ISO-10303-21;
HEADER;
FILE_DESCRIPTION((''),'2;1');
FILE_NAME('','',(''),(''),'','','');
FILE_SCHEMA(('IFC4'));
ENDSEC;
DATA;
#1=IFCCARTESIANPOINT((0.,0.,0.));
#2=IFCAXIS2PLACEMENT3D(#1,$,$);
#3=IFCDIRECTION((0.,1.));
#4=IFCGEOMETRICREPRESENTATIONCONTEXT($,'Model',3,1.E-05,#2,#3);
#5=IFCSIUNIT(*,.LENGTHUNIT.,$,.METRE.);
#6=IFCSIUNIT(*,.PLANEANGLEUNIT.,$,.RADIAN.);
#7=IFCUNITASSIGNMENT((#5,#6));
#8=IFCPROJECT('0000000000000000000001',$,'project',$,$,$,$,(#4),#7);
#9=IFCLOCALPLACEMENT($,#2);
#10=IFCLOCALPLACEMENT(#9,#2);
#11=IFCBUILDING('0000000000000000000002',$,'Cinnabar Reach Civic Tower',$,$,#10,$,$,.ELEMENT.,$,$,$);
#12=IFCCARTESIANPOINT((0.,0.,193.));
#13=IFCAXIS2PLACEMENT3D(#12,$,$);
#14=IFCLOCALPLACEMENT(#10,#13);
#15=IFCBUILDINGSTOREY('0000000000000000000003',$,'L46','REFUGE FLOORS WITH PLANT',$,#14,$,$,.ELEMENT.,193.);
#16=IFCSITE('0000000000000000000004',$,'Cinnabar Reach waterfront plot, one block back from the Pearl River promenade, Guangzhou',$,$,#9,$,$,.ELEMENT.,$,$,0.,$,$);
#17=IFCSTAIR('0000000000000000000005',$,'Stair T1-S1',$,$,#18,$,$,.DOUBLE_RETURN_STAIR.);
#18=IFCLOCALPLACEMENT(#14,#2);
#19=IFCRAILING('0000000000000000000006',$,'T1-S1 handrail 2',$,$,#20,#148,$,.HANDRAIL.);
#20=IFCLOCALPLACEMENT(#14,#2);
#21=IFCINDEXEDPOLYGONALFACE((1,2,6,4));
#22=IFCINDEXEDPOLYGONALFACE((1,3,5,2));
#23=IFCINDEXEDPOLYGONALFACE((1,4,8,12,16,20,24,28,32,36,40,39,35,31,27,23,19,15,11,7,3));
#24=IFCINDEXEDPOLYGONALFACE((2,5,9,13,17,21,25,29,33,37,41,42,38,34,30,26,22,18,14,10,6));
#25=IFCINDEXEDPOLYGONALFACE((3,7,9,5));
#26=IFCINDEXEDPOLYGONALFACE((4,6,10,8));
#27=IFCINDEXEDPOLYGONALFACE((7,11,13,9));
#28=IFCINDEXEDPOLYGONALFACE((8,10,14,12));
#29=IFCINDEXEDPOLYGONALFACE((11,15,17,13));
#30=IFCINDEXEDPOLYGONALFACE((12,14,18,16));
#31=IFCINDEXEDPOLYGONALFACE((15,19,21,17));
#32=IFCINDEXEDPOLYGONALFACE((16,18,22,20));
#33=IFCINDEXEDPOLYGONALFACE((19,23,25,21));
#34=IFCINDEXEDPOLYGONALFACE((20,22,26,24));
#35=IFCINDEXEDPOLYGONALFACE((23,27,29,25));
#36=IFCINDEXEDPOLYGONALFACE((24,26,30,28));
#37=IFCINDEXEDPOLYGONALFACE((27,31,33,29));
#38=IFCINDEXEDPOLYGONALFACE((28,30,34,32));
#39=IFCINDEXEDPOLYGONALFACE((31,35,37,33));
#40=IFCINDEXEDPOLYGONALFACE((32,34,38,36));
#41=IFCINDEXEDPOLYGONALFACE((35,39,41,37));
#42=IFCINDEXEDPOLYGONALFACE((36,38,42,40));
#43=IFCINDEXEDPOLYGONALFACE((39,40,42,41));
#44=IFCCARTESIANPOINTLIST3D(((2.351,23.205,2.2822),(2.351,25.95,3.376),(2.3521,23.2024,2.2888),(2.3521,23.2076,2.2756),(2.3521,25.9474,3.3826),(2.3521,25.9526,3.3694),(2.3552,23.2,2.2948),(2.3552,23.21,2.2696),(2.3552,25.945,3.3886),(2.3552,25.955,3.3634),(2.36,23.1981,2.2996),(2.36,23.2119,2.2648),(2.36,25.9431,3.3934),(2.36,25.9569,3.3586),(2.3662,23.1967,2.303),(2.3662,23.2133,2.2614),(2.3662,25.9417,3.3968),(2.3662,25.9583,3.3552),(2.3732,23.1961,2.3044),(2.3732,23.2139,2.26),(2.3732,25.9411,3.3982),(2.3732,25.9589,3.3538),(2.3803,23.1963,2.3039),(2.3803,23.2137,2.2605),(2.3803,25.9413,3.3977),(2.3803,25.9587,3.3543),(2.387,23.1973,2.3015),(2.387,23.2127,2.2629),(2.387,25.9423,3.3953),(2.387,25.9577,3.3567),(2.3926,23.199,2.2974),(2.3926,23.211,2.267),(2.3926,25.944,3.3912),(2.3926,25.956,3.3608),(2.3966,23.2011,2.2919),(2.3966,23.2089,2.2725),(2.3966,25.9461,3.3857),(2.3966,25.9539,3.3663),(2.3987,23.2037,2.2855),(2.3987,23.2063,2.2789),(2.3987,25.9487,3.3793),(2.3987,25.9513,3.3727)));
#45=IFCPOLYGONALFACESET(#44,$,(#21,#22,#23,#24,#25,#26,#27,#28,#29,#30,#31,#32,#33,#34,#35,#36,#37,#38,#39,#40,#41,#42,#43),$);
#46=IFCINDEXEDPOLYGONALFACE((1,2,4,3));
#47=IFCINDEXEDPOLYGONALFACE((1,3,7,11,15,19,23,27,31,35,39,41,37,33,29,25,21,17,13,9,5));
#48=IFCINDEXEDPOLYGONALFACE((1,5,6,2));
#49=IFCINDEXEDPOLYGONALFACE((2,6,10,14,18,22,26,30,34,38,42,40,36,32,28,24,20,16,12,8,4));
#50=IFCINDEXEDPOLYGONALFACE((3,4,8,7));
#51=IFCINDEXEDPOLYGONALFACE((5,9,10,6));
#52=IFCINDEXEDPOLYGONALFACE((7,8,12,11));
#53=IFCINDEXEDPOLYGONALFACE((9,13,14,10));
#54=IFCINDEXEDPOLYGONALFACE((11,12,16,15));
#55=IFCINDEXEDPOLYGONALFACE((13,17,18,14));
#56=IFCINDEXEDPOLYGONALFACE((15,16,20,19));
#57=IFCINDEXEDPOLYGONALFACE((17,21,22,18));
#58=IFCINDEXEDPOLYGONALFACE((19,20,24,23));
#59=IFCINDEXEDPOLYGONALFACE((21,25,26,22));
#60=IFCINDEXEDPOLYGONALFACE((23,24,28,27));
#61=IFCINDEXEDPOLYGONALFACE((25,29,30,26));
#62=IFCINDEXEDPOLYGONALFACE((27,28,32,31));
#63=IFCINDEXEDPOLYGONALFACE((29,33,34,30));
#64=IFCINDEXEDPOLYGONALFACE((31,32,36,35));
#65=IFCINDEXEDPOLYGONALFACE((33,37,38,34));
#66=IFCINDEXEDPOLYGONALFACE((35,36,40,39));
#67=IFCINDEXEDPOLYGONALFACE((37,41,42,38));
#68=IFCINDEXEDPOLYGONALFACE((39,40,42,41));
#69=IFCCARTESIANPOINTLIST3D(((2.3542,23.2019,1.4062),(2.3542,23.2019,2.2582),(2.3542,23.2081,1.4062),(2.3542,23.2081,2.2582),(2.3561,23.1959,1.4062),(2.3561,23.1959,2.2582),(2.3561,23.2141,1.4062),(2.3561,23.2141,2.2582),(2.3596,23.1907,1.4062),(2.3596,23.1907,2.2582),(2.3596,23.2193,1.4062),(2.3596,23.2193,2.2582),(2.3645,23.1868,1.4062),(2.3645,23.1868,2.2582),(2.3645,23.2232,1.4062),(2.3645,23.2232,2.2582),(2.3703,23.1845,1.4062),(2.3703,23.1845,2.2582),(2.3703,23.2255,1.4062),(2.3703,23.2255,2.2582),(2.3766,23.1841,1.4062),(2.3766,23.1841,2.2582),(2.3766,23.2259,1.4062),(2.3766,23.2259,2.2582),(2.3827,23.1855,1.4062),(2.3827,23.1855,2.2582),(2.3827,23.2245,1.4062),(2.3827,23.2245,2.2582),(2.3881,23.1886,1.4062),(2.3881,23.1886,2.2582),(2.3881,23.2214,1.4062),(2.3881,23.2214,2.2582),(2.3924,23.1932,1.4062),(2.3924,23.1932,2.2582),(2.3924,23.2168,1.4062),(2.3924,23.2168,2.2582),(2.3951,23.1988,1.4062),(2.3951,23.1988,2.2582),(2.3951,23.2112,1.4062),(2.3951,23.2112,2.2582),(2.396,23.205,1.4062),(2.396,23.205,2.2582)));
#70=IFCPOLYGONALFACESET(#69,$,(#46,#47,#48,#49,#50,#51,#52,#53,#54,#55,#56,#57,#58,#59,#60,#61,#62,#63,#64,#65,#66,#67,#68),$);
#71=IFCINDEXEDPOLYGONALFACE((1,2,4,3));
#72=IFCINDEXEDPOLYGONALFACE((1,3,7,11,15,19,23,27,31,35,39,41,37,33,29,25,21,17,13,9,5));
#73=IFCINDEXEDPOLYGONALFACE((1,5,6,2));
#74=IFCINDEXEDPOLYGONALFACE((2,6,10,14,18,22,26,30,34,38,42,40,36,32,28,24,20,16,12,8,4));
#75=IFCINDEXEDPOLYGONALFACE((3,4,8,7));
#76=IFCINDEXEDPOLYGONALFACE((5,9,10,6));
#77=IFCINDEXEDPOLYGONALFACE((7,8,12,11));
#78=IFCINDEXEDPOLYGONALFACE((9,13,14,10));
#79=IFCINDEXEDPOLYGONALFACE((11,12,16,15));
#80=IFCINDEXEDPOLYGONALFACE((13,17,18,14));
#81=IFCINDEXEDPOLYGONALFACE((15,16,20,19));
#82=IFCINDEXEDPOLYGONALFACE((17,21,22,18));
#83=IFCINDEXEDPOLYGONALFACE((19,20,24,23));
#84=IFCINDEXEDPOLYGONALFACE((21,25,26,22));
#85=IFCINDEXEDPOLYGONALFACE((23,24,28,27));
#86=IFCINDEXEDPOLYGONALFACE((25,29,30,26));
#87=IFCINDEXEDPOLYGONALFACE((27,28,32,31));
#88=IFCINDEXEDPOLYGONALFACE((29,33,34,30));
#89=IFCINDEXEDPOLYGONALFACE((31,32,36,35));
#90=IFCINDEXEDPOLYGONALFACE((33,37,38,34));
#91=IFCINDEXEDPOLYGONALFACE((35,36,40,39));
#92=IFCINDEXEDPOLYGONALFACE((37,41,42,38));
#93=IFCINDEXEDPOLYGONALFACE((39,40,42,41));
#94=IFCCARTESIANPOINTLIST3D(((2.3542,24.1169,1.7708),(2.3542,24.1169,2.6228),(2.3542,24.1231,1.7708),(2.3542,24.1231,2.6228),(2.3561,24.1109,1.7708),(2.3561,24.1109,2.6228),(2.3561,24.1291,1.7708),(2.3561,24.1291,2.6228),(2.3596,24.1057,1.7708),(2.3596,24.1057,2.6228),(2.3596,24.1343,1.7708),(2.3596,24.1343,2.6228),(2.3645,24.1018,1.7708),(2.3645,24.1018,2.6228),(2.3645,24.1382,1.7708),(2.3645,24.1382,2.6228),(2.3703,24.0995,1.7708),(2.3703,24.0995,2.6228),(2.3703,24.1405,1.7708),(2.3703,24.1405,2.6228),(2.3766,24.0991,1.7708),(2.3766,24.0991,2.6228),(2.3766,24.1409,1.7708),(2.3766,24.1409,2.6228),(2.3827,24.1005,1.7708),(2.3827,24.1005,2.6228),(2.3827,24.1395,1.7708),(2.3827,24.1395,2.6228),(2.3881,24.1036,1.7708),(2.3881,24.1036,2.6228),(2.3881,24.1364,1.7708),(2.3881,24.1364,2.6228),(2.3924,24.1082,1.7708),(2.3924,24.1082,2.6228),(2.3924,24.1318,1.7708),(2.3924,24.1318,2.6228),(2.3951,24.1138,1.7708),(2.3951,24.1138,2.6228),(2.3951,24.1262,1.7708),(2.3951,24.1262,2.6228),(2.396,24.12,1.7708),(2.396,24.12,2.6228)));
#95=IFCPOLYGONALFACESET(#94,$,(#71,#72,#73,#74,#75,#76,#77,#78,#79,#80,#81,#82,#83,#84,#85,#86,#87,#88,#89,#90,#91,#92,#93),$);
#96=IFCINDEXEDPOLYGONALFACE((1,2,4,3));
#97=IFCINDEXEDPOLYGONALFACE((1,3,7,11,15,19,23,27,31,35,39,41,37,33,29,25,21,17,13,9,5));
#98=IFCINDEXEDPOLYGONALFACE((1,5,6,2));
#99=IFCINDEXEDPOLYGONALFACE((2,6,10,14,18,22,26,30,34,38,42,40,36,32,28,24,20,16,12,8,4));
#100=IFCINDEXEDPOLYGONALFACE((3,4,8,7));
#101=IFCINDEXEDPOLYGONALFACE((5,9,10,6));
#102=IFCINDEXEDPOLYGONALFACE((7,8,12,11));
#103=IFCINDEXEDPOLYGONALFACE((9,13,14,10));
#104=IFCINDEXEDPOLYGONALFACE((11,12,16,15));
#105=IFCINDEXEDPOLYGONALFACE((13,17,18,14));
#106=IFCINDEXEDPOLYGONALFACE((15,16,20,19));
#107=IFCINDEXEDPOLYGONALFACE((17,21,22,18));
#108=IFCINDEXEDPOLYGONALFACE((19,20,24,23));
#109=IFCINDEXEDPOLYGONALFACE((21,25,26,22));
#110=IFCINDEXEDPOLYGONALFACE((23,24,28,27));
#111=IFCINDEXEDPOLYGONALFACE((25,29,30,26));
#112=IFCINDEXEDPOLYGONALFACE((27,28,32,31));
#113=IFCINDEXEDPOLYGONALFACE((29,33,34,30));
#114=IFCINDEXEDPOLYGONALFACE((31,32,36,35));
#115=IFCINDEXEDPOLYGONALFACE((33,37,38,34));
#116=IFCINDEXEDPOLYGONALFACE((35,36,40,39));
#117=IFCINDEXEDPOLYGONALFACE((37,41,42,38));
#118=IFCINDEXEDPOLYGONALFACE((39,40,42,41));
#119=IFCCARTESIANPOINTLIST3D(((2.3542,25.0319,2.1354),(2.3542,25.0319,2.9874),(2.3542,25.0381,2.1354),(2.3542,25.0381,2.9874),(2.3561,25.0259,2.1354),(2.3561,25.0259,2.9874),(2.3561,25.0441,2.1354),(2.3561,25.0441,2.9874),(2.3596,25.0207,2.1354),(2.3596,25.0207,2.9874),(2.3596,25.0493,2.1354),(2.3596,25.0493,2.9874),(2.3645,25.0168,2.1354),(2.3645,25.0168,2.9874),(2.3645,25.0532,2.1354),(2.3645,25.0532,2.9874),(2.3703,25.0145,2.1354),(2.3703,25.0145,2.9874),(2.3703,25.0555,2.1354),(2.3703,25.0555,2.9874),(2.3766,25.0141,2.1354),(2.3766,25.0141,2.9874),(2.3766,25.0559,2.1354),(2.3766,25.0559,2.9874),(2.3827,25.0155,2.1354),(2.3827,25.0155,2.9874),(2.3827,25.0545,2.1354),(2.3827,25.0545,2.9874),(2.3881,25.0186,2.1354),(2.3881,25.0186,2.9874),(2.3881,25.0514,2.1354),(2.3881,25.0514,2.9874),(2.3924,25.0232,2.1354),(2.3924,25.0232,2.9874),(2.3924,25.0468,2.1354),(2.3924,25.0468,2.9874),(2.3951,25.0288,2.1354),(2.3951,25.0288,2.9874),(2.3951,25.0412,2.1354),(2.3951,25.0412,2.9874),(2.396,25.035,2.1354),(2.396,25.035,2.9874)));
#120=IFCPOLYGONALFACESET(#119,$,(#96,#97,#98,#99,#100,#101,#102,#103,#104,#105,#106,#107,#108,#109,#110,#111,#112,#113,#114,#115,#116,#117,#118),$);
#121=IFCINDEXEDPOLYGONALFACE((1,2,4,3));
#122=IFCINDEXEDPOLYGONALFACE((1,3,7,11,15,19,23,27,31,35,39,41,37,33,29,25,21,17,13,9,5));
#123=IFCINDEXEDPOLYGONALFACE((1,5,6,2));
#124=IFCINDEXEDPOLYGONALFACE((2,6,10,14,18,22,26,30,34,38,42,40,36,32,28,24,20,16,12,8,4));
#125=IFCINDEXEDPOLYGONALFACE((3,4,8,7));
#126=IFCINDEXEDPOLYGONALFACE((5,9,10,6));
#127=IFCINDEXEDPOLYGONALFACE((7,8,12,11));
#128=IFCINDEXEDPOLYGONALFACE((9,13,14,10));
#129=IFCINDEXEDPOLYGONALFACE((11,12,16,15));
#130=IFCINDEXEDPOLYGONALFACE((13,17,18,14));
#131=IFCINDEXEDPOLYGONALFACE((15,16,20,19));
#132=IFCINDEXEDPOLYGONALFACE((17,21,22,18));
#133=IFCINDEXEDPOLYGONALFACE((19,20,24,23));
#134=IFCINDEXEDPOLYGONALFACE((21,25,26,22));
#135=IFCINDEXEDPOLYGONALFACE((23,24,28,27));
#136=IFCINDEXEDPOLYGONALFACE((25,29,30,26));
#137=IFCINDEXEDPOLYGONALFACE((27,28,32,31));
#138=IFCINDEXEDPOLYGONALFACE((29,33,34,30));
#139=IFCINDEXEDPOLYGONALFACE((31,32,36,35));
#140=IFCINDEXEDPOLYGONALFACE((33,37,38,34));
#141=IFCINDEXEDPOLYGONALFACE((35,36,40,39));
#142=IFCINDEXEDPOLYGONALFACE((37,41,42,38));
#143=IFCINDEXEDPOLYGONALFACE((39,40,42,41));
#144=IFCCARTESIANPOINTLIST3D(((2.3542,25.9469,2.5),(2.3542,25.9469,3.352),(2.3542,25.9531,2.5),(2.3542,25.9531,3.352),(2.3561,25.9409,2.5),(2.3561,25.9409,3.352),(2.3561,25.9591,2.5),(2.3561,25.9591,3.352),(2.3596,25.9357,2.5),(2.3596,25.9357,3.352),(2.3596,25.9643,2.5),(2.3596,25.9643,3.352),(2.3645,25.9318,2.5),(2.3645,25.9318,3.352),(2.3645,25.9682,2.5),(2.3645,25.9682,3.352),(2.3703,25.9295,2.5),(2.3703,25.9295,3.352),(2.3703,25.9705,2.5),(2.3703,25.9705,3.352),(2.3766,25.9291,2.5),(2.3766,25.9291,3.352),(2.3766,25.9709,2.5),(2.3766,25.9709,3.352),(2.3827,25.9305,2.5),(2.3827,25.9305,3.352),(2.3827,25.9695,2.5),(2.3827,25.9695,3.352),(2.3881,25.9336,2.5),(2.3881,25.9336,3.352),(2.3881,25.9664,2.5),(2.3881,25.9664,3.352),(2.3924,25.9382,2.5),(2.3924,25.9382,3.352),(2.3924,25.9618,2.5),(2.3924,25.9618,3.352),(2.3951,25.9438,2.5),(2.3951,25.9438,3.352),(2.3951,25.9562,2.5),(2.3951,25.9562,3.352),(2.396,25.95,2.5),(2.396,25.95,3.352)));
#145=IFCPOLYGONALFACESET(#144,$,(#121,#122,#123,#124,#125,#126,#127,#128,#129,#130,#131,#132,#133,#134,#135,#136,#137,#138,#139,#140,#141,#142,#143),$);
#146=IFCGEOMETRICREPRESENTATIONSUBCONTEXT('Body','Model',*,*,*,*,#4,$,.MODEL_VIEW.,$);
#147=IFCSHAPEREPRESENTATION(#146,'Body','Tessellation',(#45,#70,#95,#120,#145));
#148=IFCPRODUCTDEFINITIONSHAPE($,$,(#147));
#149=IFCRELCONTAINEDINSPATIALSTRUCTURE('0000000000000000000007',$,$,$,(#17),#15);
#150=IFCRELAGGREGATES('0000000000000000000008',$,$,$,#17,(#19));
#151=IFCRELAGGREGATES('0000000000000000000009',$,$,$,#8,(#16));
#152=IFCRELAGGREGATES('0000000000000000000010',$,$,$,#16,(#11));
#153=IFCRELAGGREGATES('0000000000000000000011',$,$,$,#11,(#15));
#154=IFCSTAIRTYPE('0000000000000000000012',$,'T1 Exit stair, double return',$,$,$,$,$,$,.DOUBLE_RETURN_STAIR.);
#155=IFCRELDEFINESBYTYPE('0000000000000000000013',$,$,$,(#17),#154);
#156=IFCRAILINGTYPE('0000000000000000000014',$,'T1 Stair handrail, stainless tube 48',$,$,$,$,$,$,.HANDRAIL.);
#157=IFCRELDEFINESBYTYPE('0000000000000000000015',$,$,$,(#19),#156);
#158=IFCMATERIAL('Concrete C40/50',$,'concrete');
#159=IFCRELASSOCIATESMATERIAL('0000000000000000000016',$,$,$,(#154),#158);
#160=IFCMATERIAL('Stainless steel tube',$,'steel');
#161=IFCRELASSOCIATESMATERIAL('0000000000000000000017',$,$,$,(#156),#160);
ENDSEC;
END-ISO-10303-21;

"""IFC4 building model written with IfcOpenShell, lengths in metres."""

from ifc_helpers import new_model, si_unit, direction, frame, origin, origin_2d, place, context, subcontext, project, spatial, circle, extrude, material, type_object, element, aggregate, save


model = new_model("IFC4")

# Units and contexts
model_context = context("Model", 3, precision=1e-05, world=origin(), true_north=direction((0.0, 1.0)))
body_context = subcontext(model_context, "Body", "Model", "MODEL_VIEW")
ifc_project = project(units=[si_unit("LENGTHUNIT", "METRE"), si_unit("PLANEANGLEUNIT", "RADIAN")], contexts=[model_context])

# Site, building, storey
site_placement = place(None, origin())
site = spatial("IfcSite", under=ifc_project, at=site_placement, Name="Cinnabar Reach waterfront plot, one block back from the Pearl River promenade, Guangzhou", CompositionType="ELEMENT", RefElevation=0.0)
building_placement = place(site_placement, origin())
building = spatial("IfcBuilding", under=site, at=building_placement, Name="Cinnabar Reach Civic Tower", CompositionType="ELEMENT")
storey_placement = place(building_placement, frame((0.0, 0.0, 193.0)))
storey = spatial("IfcBuildingStorey", under=building, at=storey_placement, Name="L46", Description="REFUGE FLOORS WITH PLANT", CompositionType="ELEMENT", Elevation=193.0)

# Shared definitions
ifc_material_1 = material(Name="Concrete C40/50", Category="concrete")

# Stair, railing
stair_type = type_object("IfcStairType", Name="T1 Exit stair, double return", PredefinedType="DOUBLE_RETURN_STAIR", material=ifc_material_1)
stair_placement = place(storey_placement, origin())
stair = element("IfcStair", 1, at=stair_placement, inside=storey, type_object=stair_type, Name="Stair T1-S1", PredefinedType="DOUBLE_RETURN_STAIR")
ifc_material_2 = material(Name="Stainless steel tube", Category="steel")
railing_type = type_object("IfcRailingType", Name="T1 Stair handrail, stainless tube 48", PredefinedType="HANDRAIL", material=ifc_material_2)
railing_1_placement = place(storey_placement, frame((2.375, 23.205, 1.4062)))
railing_1 = element("IfcRailing", 2, at=railing_1_placement, type_object=railing_type, Name="T1-S1 handrail 2", PredefinedType="HANDRAIL", context=body_context, shape_type="SweptSolid", body=[
    extrude(circle(Radius=0.024, at=origin_2d()), frame((0.0, 0.0, 0.876), z_axis=(0.0, 0.928966, 0.370165), x_axis=(-1.0, 0.0, 0.0)), (0.0, 0.0, 1.0), 2.9549),
    extrude(circle(Radius=0.021, at=origin_2d()), origin(), (0.0, 0.0, 1.0), 0.852),
    extrude(circle(Radius=0.021, at=origin_2d()), frame((0.0, 0.915, 0.3646)), (0.0, 0.0, 1.0), 0.852),
    extrude(circle(Radius=0.021, at=origin_2d()), frame((0.0, 1.83, 0.7292)), (0.0, 0.0, 1.0), 0.852),
    extrude(circle(Radius=0.021, at=origin_2d()), frame((0.0, 2.745, 1.0938)), (0.0, 0.0, 1.0), 0.852),
])
aggregate(stair, [railing_1])

save(model, "model.ifc")
